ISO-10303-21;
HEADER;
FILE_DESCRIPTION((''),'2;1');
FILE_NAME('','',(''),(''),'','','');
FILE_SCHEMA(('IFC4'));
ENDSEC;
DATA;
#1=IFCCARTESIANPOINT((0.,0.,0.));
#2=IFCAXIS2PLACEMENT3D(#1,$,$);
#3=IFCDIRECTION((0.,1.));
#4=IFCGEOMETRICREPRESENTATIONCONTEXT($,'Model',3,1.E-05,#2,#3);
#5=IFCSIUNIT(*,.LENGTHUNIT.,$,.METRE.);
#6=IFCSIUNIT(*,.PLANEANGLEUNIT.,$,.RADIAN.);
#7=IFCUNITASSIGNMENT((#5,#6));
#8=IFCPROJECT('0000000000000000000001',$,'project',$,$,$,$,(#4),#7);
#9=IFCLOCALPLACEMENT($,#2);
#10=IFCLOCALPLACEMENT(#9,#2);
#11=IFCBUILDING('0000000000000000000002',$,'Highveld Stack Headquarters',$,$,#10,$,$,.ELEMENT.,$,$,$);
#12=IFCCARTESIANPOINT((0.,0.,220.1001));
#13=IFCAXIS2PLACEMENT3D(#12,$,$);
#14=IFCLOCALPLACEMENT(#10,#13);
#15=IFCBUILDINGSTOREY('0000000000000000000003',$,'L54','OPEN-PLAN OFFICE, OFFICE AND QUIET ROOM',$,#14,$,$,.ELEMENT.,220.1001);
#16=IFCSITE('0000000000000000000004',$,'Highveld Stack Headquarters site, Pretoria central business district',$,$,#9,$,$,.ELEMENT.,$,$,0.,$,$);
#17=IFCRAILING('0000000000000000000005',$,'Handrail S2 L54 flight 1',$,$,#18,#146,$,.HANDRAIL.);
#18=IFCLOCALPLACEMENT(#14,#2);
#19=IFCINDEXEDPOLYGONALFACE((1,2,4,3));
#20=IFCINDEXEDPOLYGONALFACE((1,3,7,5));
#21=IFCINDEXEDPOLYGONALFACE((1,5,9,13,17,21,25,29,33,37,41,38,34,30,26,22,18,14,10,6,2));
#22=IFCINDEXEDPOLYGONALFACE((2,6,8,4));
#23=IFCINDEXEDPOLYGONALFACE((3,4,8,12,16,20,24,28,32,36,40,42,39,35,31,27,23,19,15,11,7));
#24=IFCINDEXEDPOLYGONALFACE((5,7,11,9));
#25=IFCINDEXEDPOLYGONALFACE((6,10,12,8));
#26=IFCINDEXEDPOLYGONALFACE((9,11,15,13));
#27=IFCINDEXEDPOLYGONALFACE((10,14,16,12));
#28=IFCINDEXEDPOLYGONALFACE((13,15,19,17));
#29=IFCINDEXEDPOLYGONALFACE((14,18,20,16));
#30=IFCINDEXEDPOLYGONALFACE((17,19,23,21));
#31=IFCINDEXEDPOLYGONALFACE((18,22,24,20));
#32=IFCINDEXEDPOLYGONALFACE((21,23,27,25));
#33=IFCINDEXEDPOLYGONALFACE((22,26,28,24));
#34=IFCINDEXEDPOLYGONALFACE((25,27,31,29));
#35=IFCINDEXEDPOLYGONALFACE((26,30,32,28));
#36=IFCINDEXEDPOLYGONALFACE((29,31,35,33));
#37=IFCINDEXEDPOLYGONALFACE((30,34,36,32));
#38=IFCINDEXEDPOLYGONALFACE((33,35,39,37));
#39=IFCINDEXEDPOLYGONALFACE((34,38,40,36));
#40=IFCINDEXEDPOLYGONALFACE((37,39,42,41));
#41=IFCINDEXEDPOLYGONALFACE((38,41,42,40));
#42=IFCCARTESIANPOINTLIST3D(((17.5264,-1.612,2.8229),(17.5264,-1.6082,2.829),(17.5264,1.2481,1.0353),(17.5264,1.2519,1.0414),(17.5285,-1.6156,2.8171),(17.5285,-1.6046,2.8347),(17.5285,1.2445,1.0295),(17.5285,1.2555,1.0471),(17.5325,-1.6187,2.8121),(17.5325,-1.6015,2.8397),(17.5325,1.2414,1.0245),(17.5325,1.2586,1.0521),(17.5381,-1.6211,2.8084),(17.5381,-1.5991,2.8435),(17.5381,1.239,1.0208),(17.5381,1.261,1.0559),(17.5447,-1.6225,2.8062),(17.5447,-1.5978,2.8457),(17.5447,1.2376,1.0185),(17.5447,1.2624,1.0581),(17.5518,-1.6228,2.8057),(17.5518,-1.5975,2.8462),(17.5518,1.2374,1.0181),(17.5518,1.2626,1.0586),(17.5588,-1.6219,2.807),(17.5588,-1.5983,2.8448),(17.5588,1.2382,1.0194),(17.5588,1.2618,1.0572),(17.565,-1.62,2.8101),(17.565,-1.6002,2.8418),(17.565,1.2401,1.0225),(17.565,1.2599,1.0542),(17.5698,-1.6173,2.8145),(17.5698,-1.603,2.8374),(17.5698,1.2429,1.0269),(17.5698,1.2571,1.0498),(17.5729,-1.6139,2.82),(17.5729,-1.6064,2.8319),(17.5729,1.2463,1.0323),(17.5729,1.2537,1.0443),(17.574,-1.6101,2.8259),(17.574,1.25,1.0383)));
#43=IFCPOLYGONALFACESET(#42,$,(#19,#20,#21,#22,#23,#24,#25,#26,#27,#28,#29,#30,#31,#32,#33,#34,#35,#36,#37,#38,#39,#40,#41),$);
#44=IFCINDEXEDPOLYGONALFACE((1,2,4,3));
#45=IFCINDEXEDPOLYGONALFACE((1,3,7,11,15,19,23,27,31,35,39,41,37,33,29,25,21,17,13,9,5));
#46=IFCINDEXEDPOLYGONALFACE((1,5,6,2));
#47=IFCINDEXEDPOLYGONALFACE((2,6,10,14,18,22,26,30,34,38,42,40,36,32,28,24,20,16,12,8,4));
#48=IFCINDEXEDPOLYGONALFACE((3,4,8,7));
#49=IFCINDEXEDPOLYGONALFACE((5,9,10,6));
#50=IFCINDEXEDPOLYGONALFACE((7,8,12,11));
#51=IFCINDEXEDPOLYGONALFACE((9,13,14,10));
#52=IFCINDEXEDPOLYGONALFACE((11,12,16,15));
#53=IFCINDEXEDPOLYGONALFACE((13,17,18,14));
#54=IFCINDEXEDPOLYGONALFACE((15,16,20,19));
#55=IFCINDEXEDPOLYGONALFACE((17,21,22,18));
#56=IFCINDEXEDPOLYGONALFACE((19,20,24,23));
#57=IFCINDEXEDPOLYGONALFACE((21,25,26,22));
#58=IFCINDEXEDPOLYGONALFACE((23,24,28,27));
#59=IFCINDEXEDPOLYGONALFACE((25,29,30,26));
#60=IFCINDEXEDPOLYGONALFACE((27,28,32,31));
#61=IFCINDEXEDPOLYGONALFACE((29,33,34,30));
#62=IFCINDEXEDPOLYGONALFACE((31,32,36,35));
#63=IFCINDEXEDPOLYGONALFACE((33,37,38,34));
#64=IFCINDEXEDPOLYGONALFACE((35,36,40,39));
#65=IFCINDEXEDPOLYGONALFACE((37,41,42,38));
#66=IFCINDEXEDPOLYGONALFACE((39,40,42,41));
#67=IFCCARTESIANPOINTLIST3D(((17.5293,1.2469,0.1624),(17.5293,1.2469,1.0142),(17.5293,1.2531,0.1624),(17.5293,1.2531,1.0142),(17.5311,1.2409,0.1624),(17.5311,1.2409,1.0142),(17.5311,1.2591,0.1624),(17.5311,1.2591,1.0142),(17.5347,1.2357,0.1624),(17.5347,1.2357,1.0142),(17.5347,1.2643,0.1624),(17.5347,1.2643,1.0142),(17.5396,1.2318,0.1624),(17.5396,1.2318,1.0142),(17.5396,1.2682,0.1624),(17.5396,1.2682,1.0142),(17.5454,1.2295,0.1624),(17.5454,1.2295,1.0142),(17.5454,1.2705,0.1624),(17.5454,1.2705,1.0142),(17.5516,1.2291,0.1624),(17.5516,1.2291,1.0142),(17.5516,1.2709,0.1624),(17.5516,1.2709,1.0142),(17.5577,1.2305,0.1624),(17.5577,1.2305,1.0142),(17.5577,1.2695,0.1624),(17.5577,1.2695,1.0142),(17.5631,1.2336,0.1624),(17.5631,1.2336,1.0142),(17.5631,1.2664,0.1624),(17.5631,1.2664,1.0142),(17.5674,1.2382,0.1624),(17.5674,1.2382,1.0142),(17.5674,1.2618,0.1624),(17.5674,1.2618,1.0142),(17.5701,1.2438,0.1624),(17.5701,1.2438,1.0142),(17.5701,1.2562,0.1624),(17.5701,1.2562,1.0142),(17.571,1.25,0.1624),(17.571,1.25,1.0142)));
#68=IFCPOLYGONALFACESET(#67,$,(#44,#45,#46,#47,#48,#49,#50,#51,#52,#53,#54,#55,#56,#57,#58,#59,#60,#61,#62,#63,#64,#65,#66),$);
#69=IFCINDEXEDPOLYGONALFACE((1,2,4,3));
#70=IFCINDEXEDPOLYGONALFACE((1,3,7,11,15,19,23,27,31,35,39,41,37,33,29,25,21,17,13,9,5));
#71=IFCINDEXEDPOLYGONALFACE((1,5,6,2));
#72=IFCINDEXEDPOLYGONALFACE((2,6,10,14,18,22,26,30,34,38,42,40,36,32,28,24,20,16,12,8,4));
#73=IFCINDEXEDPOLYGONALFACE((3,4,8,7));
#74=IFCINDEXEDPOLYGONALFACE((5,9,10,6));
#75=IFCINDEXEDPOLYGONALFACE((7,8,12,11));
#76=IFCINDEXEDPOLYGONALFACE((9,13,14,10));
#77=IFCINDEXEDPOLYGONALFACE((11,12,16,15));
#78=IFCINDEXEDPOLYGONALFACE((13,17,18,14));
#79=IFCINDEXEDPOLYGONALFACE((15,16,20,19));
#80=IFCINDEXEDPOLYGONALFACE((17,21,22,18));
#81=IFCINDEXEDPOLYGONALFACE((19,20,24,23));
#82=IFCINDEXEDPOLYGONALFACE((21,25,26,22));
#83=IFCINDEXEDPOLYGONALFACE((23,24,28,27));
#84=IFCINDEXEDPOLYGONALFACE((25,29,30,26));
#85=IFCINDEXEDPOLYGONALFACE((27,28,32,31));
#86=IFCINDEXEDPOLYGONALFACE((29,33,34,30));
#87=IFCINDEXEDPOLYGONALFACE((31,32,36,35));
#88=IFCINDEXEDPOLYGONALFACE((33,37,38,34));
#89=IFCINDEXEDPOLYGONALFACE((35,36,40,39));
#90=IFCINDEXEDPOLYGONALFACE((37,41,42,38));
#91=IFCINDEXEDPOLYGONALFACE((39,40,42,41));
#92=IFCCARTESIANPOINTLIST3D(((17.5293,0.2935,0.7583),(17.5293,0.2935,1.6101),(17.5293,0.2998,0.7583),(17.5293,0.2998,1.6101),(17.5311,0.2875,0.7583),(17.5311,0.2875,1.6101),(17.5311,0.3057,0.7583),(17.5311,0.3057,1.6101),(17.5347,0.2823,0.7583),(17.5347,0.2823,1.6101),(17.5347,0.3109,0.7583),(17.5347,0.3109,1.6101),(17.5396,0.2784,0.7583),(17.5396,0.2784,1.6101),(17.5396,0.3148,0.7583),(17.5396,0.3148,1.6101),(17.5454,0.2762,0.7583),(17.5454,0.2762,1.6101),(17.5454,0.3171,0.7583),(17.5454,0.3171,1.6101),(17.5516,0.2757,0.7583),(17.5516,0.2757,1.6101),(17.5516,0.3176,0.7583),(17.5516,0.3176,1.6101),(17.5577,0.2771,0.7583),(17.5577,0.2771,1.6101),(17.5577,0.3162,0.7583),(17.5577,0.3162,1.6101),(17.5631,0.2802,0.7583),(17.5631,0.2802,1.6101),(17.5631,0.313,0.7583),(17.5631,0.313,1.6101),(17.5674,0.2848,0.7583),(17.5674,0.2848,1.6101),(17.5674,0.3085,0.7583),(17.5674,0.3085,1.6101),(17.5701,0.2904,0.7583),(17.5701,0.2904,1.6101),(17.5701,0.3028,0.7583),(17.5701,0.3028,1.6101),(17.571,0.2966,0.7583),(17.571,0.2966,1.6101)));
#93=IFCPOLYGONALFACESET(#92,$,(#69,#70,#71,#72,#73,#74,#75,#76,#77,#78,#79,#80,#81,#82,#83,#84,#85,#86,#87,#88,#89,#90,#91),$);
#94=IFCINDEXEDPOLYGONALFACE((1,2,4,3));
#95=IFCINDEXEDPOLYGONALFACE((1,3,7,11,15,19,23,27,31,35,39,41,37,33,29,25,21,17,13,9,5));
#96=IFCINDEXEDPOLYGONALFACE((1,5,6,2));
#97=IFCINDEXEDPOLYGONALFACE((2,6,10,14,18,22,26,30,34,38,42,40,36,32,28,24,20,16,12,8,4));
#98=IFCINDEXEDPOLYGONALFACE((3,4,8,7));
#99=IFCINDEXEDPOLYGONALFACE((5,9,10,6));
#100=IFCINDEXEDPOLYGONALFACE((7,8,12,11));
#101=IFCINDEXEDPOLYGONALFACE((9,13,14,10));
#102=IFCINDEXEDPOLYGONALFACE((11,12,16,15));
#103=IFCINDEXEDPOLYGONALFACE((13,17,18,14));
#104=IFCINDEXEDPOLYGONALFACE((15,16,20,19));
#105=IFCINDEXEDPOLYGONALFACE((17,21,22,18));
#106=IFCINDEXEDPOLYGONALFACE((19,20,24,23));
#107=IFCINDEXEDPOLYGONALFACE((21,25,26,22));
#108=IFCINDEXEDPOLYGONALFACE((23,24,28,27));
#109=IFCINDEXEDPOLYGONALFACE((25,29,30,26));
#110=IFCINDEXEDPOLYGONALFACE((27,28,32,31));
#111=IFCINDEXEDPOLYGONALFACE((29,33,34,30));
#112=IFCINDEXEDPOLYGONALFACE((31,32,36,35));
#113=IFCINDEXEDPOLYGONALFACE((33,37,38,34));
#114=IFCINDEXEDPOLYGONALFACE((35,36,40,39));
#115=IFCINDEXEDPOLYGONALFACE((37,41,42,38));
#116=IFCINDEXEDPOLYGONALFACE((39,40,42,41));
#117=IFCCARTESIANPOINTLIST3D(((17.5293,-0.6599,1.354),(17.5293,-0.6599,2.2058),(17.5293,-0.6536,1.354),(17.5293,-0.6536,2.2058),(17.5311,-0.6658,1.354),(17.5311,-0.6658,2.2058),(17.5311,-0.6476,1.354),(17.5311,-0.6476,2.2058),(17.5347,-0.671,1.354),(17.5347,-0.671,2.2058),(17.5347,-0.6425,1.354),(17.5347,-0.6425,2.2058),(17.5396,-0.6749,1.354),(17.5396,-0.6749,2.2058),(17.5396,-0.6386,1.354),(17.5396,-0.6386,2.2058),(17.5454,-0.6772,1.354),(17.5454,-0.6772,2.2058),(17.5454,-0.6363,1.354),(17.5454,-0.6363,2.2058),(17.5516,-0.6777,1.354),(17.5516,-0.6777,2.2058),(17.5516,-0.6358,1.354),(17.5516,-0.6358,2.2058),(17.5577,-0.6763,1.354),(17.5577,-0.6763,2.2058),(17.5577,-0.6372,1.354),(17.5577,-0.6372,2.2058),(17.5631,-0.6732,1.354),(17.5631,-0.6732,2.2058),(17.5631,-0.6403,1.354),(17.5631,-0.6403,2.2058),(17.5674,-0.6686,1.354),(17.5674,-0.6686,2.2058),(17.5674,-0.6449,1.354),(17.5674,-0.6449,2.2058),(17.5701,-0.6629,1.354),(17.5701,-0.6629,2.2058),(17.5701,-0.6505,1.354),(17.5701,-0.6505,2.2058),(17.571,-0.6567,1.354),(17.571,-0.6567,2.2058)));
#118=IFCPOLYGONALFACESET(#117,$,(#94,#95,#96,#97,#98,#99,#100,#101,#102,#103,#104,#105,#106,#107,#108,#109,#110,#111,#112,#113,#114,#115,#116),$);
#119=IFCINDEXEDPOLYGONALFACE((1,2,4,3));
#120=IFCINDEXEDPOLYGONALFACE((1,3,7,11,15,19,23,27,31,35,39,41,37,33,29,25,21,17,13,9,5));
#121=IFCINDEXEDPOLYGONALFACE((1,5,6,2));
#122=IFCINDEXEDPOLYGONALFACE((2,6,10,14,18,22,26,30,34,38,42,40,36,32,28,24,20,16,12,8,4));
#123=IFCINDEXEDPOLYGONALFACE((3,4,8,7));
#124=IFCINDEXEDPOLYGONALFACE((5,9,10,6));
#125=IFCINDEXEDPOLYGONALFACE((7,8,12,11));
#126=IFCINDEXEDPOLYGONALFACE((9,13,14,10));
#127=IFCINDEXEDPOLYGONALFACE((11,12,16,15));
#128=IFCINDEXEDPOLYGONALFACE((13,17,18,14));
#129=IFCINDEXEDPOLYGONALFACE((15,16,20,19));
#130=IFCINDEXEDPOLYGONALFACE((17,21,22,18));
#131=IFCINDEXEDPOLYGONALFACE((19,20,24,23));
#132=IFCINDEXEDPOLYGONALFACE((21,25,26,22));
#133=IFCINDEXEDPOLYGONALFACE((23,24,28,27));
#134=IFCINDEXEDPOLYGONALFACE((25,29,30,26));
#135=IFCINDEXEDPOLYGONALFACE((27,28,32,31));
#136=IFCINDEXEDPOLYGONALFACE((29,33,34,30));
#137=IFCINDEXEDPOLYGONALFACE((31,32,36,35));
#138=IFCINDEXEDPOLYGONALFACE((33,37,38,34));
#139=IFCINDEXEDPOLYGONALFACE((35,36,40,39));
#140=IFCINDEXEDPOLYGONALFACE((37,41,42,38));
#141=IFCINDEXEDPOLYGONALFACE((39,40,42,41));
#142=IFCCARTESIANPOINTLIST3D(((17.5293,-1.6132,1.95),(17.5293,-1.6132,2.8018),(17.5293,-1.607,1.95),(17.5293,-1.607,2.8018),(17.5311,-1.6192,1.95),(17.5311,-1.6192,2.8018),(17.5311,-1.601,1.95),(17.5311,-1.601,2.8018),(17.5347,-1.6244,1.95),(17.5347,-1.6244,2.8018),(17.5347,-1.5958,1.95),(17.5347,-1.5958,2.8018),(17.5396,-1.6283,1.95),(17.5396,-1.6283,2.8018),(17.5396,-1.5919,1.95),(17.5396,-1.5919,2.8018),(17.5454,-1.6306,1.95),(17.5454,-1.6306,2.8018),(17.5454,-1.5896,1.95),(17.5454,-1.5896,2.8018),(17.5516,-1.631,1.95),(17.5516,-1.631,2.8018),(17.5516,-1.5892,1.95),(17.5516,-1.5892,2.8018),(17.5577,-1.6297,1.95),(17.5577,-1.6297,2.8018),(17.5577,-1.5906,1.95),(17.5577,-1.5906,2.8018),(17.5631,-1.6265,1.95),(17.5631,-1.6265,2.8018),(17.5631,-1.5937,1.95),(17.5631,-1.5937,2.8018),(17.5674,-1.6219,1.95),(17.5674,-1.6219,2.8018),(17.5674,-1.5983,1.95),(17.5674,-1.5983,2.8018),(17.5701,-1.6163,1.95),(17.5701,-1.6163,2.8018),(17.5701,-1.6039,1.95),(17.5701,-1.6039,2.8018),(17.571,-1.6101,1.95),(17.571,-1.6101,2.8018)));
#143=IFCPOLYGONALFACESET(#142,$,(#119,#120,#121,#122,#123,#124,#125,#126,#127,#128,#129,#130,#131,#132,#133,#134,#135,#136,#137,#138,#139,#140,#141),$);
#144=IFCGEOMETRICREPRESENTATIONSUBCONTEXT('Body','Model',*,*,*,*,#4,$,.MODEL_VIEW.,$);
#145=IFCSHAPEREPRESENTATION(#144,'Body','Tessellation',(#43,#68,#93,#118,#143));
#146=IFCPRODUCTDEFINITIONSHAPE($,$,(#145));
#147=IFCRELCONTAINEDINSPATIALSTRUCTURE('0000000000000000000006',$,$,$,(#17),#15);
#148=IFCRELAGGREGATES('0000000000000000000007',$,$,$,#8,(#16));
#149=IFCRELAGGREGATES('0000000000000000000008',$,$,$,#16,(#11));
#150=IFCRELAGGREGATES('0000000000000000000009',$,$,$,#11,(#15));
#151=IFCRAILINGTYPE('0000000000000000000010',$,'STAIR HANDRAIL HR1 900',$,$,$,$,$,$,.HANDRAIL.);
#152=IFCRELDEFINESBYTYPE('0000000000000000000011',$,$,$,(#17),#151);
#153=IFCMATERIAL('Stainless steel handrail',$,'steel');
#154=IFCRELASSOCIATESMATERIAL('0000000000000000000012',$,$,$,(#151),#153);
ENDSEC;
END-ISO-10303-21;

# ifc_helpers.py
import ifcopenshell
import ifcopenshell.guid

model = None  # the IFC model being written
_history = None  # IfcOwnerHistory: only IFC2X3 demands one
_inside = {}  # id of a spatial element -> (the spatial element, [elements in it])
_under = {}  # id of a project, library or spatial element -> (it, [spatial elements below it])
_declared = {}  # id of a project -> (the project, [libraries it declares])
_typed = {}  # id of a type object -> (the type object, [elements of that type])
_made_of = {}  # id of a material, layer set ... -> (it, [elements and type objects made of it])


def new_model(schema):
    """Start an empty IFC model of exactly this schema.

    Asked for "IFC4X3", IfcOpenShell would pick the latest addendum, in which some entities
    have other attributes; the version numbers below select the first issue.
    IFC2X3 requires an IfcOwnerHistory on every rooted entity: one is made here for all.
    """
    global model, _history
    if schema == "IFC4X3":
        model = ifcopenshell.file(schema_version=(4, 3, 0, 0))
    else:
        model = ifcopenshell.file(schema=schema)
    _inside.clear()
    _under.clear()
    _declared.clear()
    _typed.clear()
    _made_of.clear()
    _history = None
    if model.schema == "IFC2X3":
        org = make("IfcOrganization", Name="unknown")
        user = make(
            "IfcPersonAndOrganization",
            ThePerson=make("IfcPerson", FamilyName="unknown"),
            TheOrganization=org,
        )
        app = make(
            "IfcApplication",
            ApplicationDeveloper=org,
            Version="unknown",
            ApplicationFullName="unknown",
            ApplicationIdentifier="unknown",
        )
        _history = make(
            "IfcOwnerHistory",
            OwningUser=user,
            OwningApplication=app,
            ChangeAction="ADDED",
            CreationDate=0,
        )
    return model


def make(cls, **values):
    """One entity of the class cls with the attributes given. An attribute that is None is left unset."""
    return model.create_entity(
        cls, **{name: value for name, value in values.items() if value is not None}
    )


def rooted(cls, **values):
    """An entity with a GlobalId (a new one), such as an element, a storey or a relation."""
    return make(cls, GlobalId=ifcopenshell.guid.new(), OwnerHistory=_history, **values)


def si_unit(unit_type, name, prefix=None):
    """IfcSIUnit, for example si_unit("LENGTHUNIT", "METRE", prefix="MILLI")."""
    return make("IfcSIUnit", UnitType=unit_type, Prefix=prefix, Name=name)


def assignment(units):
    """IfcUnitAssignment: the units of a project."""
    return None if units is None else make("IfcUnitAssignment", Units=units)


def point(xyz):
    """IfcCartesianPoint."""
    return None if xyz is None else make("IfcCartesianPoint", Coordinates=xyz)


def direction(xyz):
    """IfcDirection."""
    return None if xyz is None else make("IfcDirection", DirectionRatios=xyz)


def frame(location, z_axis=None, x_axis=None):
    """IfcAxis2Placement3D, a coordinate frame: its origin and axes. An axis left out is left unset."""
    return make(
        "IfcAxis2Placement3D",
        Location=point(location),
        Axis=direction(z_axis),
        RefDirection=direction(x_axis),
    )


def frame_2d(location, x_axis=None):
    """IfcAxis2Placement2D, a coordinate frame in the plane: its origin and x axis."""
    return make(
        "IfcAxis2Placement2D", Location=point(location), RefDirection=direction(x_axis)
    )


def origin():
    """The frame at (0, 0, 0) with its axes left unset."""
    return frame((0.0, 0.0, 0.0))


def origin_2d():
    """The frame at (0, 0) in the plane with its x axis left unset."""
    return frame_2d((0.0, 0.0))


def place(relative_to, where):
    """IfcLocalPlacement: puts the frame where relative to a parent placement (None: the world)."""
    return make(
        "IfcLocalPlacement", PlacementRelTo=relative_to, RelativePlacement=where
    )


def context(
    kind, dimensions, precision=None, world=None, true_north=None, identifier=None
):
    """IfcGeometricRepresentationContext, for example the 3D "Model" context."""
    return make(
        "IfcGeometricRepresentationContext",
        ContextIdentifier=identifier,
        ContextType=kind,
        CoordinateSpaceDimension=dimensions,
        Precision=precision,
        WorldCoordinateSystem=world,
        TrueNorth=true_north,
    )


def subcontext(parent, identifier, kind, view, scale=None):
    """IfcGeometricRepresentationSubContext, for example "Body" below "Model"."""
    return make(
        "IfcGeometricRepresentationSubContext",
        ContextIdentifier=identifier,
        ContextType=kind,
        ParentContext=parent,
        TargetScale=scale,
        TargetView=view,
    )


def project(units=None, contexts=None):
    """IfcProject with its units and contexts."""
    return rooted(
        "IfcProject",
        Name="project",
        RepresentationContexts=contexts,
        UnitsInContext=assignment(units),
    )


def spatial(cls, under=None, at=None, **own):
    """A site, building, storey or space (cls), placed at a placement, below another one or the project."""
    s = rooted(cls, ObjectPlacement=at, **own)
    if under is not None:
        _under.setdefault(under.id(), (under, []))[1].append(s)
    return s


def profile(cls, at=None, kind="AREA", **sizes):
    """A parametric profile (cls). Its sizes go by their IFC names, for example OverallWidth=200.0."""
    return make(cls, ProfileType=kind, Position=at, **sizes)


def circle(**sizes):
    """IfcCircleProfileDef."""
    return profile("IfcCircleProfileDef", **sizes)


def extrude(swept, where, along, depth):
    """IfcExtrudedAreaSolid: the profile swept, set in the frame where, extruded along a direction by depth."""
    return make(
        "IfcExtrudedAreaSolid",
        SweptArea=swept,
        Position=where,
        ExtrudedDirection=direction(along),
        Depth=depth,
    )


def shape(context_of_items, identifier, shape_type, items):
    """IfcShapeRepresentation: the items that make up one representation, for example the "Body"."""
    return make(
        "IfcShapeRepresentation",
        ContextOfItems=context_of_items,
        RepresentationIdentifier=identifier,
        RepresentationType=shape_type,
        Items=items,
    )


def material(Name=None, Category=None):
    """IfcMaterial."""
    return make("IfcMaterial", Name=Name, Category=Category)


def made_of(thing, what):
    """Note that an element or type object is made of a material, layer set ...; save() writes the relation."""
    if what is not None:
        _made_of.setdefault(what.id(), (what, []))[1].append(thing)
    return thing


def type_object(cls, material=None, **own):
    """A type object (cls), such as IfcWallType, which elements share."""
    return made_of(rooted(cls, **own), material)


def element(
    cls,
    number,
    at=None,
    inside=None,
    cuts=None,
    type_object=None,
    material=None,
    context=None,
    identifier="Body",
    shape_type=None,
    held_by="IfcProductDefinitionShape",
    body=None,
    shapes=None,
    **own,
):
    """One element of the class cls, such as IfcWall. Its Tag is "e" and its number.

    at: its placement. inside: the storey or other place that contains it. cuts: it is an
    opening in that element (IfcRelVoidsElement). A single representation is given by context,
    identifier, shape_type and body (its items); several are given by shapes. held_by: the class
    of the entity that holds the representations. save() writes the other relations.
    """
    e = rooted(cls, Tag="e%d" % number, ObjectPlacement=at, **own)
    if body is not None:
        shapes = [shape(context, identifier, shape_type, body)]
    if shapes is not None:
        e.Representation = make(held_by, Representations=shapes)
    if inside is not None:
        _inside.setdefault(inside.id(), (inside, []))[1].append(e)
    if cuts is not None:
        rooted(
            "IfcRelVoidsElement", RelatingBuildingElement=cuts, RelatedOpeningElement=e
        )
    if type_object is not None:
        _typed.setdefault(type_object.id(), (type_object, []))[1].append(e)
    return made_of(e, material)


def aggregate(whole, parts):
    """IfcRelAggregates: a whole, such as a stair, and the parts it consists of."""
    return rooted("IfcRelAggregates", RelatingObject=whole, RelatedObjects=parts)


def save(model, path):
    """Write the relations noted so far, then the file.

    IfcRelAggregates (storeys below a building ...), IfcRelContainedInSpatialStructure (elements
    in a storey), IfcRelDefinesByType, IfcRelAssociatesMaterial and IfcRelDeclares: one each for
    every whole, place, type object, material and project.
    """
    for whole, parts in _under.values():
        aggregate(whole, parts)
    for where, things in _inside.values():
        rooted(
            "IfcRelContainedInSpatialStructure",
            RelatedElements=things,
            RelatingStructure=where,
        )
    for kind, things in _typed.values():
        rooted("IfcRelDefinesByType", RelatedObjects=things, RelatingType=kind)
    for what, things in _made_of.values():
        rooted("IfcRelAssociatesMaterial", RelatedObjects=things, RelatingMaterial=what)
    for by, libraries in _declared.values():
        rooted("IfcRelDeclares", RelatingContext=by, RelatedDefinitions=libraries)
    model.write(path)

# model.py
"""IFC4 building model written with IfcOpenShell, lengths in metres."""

from ifc_helpers import new_model, si_unit, direction, frame, origin, origin_2d, place, context, subcontext, project, spatial, circle, extrude, material, type_object, element, save


model = new_model("IFC4")

# Units and contexts
model_context = context("Model", 3, precision=1e-05, world=origin(), true_north=direction((0.0, 1.0)))
body_context = subcontext(model_context, "Body", "Model", "MODEL_VIEW")
ifc_project = project(units=[si_unit("LENGTHUNIT", "METRE"), si_unit("PLANEANGLEUNIT", "RADIAN")], contexts=[model_context])

# Site, building, storey
site_placement = place(None, origin())
site = spatial("IfcSite", under=ifc_project, at=site_placement, Name="Highveld Stack Headquarters site, Pretoria central business district", CompositionType="ELEMENT", RefElevation=0.0)
building_placement = place(site_placement, origin())
building = spatial("IfcBuilding", under=site, at=building_placement, Name="Highveld Stack Headquarters", CompositionType="ELEMENT")
storey_placement = place(building_placement, frame((0.0, 0.0, 220.1001)))
storey = spatial("IfcBuildingStorey", under=building, at=storey_placement, Name="L54", Description="OPEN-PLAN OFFICE, OFFICE AND QUIET ROOM", CompositionType="ELEMENT", Elevation=220.1001)

# Railing
ifc_material_1 = material(Name="Stainless steel handrail", Category="steel")
railing_type = type_object("IfcRailingType", Name="STAIR HANDRAIL HR1 900", PredefinedType="HANDRAIL", material=ifc_material_1)
for number, where, name in (
    (1, (17.55, 1.25, 0.1624), "Handrail S2 L54 flight 1"),
):
    element("IfcRailing", number, at=place(storey_placement, frame(where)), inside=storey, type_object=railing_type, Name=name, PredefinedType="HANDRAIL", context=body_context, shape_type="SweptSolid", body=[
        extrude(circle(Radius=0.0239, at=origin_2d()), frame((0.0, 0.0, 0.876), z_axis=(0.0, -0.847994, 0.530005), x_axis=(1.0, 0.0, 0.0)), (0.0, 0.0, 1.0), 3.3728),
        extrude(circle(Radius=0.021, at=origin_2d()), origin(), (0.0, 0.0, 1.0), 0.8518),
        extrude(circle(Radius=0.021, at=origin_2d()), frame((0.0, -0.9534, 0.5959)), (0.0, 0.0, 1.0), 0.8518),
        extrude(circle(Radius=0.021, at=origin_2d()), frame((0.0, -1.9067, 1.1917)), (0.0, 0.0, 1.0), 0.8518),
        extrude(circle(Radius=0.021, at=origin_2d()), frame((0.0, -2.8601, 1.7876)), (0.0, 0.0, 1.0), 0.8518),
    ])

save(model, "model.ifc")
